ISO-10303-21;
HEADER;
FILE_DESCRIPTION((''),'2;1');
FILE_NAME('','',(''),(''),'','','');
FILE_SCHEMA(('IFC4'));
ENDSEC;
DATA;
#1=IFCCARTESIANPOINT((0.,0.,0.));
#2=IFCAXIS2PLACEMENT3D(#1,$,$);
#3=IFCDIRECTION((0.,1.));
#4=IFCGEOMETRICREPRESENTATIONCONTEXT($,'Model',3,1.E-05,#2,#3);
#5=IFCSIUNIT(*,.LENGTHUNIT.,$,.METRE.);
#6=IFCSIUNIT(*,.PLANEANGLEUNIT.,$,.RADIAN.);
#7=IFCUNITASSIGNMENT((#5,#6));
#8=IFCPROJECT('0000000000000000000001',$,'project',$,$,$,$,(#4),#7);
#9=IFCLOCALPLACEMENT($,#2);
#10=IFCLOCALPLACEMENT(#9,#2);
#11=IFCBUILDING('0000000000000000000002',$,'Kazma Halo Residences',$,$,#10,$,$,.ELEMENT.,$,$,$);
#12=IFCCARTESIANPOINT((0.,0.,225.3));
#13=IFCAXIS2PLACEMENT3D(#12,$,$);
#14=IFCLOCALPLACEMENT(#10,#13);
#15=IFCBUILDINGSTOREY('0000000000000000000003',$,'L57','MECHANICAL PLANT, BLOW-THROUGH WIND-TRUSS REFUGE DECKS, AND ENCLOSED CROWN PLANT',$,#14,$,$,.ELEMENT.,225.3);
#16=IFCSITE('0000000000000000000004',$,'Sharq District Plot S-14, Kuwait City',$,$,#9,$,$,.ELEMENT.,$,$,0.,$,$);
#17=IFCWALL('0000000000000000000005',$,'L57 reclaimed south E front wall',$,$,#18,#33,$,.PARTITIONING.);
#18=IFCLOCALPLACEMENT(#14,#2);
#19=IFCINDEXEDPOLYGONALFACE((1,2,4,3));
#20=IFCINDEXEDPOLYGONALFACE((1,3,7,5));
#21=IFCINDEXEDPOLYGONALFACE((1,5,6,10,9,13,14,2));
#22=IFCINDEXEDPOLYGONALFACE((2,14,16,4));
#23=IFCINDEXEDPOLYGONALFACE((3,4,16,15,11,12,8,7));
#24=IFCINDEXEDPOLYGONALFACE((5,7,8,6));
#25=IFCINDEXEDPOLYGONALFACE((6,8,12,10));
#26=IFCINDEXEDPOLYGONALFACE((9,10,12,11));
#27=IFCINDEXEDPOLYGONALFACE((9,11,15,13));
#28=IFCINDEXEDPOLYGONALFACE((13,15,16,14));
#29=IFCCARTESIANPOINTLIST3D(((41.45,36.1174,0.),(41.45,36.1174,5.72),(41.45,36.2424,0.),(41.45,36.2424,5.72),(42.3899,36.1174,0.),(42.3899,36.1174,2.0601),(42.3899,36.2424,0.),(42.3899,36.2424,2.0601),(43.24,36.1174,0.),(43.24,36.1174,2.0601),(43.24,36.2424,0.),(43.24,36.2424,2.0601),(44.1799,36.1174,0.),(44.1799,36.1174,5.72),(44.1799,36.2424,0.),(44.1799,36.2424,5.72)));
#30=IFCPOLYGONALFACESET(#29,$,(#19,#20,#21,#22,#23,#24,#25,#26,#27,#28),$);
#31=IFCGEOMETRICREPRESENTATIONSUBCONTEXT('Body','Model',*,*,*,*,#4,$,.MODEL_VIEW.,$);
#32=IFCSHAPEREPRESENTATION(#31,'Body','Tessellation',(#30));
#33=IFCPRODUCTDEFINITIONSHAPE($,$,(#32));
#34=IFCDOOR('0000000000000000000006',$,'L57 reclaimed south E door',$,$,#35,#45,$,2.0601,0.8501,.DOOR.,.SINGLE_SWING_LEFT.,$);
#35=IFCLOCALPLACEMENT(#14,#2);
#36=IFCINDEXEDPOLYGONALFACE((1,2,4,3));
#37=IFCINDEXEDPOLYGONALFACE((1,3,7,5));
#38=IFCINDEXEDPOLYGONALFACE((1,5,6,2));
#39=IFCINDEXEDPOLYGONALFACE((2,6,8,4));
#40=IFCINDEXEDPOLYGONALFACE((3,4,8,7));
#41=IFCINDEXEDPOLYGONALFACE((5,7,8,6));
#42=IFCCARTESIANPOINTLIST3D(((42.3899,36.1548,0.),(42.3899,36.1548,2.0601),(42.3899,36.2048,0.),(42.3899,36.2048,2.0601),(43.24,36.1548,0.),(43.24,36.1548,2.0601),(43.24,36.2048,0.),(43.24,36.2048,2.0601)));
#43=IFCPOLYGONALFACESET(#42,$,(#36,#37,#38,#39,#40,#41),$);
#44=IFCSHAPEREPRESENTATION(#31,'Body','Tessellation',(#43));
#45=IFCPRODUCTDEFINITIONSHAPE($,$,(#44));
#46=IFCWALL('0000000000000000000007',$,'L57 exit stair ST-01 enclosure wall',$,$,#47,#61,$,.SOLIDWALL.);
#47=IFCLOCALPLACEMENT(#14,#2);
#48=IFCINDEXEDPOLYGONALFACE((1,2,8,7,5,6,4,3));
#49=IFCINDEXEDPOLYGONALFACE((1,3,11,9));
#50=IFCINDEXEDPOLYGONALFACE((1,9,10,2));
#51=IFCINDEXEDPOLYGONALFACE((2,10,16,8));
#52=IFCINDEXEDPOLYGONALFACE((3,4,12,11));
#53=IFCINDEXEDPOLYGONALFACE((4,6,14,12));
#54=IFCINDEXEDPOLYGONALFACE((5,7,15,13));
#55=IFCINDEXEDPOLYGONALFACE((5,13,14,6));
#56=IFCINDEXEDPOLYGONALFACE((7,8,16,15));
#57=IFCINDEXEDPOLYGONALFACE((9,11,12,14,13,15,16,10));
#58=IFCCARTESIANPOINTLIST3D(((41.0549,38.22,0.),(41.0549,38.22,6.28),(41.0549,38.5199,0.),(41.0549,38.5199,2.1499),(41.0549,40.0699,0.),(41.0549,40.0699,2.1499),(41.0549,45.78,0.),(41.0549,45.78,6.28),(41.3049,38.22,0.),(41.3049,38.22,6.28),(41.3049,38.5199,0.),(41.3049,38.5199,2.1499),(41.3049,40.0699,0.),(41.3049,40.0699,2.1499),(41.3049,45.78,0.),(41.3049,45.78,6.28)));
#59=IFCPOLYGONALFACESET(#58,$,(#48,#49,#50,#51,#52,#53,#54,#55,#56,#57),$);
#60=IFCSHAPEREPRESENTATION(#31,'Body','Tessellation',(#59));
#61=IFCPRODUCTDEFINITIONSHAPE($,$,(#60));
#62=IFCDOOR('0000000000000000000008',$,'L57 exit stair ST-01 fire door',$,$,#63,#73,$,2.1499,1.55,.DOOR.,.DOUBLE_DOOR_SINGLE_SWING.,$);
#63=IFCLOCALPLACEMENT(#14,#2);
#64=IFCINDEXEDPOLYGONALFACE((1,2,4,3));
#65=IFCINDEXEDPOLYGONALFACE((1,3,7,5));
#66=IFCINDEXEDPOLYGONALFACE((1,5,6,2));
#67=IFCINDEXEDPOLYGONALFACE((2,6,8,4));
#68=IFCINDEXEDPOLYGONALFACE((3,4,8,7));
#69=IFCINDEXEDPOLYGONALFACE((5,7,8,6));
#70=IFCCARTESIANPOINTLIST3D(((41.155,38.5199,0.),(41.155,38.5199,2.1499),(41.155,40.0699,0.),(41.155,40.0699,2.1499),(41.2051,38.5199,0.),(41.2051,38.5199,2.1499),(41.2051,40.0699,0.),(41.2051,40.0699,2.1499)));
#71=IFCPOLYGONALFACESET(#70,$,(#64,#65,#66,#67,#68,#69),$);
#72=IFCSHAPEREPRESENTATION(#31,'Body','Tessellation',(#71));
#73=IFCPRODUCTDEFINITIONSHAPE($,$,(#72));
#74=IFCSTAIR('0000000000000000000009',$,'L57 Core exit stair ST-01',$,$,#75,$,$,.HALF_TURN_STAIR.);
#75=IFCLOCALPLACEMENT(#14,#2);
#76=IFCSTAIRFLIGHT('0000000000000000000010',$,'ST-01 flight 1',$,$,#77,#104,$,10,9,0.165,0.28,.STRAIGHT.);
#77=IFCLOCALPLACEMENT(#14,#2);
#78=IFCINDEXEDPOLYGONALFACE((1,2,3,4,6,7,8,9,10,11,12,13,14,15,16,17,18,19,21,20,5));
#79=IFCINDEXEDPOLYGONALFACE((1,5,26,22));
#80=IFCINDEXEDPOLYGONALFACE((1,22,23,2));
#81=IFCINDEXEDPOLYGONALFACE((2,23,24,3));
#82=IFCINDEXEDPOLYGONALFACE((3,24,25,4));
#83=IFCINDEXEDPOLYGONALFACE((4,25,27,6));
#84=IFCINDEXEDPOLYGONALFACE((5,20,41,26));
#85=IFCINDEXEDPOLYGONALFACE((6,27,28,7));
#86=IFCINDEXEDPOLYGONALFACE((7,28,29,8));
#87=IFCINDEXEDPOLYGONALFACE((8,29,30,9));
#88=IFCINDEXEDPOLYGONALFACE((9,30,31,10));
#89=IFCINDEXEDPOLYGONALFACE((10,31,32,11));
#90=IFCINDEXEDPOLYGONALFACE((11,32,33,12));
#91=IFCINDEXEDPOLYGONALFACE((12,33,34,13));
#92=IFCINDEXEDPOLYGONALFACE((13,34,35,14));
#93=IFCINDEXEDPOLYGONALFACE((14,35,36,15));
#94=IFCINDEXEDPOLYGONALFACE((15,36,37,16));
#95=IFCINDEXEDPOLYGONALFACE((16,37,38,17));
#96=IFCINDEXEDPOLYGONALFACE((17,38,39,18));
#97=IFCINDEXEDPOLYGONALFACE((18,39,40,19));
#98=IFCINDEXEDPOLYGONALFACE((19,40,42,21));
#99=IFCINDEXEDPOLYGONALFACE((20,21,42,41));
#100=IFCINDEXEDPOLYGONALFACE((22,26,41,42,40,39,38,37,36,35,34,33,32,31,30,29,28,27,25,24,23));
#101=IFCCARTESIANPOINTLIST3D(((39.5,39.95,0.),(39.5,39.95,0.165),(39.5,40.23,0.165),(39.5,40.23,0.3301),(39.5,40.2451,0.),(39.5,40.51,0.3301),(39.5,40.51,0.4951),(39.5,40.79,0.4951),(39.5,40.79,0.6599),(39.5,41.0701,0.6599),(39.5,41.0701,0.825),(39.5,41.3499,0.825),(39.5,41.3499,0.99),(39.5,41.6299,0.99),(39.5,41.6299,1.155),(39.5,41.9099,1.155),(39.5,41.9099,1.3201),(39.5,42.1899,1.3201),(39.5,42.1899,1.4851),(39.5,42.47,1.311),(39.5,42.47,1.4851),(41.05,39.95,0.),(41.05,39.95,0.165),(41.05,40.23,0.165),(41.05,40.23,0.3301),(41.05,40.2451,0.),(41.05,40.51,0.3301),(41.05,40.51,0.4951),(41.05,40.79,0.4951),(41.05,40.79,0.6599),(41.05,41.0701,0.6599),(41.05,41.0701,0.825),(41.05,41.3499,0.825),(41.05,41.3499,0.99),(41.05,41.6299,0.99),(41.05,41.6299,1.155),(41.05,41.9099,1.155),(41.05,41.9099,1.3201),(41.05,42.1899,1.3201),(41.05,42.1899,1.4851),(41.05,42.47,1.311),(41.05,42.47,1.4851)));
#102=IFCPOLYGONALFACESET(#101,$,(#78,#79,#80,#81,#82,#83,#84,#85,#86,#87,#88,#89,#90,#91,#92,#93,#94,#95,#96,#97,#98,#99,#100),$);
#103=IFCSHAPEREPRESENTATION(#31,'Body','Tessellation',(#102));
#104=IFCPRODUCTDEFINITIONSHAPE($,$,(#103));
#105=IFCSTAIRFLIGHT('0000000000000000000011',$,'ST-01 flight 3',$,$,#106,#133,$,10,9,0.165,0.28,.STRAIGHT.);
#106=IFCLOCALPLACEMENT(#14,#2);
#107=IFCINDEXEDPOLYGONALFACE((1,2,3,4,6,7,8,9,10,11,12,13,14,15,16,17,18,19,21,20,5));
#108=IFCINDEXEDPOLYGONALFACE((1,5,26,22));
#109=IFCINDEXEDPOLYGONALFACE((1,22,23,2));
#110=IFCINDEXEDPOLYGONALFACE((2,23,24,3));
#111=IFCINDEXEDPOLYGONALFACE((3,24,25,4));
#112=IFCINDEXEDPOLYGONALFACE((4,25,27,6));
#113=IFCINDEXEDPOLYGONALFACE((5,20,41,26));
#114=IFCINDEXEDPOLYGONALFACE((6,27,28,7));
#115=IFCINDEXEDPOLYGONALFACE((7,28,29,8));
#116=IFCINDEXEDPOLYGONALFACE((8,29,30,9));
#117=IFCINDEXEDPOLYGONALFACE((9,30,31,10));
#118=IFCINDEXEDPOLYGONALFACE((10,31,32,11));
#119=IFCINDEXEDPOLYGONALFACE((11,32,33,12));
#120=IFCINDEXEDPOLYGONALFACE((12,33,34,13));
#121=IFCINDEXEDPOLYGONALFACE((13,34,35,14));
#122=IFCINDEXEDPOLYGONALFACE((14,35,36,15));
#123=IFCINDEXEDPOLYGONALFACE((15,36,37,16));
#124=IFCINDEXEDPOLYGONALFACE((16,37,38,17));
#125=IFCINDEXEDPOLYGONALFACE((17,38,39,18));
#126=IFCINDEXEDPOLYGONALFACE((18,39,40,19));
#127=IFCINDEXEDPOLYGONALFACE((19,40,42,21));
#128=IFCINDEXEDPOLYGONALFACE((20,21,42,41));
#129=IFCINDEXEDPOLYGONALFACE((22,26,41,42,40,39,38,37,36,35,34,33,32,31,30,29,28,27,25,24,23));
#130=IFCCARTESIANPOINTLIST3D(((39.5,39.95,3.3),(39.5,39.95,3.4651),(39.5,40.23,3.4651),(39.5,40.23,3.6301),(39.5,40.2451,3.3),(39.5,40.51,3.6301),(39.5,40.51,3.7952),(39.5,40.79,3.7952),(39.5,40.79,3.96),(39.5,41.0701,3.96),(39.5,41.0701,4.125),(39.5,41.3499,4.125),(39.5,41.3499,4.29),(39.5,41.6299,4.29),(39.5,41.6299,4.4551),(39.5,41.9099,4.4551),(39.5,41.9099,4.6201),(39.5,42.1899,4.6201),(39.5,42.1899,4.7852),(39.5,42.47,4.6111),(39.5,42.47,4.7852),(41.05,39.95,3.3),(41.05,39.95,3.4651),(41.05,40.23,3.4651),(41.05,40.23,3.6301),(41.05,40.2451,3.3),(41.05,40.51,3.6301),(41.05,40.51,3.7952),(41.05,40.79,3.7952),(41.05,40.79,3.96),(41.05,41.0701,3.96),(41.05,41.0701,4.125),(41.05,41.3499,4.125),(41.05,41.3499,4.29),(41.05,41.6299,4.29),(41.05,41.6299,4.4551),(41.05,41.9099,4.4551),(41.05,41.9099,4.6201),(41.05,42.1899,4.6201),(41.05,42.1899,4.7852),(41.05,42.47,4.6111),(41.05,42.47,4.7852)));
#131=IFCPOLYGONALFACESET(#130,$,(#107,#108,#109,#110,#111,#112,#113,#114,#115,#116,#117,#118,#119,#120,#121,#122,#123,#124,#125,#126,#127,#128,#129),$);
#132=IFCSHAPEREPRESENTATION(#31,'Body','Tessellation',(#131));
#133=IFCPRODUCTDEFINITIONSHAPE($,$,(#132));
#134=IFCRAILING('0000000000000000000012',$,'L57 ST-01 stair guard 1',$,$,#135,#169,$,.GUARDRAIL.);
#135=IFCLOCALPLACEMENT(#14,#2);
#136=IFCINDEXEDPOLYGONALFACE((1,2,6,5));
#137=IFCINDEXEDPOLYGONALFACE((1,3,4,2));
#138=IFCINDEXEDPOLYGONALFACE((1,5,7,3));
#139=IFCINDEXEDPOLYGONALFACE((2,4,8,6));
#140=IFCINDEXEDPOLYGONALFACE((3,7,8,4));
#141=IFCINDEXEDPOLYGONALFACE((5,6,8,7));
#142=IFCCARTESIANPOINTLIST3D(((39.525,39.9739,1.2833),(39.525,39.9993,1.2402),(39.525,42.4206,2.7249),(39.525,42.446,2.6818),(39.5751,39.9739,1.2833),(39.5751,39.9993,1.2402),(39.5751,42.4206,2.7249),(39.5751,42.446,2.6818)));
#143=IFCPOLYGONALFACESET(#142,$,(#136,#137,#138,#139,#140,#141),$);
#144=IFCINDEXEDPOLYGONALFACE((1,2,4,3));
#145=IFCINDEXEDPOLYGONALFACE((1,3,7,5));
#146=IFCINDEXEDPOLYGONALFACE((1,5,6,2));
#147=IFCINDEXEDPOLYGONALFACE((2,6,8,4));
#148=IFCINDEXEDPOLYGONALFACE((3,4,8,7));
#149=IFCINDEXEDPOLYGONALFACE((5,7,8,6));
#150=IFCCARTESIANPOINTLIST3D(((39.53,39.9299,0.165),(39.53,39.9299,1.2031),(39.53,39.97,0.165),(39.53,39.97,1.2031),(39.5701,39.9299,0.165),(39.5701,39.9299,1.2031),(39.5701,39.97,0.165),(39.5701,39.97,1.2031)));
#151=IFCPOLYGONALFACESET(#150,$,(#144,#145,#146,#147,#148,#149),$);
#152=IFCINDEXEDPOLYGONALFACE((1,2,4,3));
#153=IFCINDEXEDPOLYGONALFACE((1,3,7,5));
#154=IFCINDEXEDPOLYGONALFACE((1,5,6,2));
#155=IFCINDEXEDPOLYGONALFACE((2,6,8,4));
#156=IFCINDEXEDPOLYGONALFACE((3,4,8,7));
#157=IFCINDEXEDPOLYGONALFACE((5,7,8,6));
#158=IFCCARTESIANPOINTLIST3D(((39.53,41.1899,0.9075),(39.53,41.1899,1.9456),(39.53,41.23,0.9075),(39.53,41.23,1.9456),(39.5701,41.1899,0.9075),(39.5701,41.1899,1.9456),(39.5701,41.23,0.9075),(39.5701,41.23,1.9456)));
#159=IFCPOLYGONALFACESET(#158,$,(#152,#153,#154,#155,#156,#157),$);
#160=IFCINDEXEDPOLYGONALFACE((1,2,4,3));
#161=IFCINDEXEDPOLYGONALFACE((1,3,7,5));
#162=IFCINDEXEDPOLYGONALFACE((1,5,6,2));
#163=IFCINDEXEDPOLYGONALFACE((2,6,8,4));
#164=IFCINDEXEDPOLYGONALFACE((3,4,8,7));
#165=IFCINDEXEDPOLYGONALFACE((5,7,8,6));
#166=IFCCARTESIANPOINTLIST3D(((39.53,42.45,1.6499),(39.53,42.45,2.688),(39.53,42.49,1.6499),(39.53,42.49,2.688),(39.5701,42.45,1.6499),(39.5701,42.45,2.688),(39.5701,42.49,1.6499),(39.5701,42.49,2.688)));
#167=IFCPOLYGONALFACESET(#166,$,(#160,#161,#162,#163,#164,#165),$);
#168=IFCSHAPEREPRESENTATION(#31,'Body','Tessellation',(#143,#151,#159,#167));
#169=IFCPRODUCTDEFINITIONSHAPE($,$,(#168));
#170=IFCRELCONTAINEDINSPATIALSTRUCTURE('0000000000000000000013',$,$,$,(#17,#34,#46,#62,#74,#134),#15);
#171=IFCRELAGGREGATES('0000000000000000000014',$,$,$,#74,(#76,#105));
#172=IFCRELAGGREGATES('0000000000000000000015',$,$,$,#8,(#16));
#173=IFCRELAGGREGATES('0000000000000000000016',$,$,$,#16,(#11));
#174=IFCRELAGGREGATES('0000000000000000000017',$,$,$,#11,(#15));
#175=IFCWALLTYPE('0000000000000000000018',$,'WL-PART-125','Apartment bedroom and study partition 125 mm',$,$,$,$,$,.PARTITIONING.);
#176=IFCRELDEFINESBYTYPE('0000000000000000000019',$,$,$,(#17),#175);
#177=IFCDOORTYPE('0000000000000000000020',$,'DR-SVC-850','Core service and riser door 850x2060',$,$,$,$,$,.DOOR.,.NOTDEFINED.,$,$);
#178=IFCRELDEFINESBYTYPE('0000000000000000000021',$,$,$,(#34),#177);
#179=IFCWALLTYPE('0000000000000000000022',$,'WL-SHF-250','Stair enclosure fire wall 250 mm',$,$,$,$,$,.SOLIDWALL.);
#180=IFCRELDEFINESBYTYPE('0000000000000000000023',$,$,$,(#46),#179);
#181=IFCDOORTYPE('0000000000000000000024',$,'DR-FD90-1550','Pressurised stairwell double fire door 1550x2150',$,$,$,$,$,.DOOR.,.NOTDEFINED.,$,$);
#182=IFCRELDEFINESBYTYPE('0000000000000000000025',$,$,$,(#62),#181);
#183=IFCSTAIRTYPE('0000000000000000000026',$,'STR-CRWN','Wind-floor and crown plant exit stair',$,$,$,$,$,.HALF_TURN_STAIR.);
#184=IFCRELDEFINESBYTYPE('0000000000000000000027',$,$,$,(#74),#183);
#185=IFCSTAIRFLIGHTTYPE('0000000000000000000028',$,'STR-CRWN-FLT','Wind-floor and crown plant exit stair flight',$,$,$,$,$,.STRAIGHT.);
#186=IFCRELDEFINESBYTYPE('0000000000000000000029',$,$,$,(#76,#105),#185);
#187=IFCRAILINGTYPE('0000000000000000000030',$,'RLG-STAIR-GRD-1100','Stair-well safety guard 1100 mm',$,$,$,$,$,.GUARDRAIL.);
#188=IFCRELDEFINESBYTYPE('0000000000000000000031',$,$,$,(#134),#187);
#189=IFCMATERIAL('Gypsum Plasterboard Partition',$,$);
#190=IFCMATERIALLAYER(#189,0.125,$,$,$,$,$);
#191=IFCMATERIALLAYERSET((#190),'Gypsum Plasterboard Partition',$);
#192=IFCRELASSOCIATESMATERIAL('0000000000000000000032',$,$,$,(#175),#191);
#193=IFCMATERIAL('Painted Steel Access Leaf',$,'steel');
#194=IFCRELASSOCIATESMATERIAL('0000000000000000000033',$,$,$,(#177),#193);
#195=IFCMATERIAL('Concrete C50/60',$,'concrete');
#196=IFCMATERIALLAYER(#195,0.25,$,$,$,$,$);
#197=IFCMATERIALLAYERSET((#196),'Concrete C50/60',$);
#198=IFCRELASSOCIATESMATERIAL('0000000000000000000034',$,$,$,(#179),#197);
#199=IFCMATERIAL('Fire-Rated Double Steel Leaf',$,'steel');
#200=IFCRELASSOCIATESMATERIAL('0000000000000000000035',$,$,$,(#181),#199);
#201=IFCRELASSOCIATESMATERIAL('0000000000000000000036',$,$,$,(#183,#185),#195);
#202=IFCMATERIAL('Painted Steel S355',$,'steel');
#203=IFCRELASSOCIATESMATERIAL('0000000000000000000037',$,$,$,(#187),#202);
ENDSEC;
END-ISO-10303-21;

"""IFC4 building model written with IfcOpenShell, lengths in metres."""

from ifc_helpers import new_model, si_unit, direction, frame, frame_2d, origin, origin_2d, place, context, subcontext, project, spatial, polyline, rectangle, outline, extrude, material, layer, layer_set, type_object, element, fill, aggregate, save


model = new_model("IFC4")

# Units and contexts
model_context = context("Model", 3, precision=1e-05, world=origin(), true_north=direction((0.0, 1.0)))
body_context = subcontext(model_context, "Body", "Model", "MODEL_VIEW")
ifc_project = project(units=[si_unit("LENGTHUNIT", "METRE"), si_unit("PLANEANGLEUNIT", "RADIAN")], contexts=[model_context])

# Site, building, storey
site_placement = place(None, origin())
site = spatial("IfcSite", under=ifc_project, at=site_placement, Name="Sharq District Plot S-14, Kuwait City", CompositionType="ELEMENT", RefElevation=0.0)
building_placement = place(site_placement, origin())
building = spatial("IfcBuilding", under=site, at=building_placement, Name="Kazma Halo Residences", CompositionType="ELEMENT")
storey_placement = place(building_placement, frame((0.0, 0.0, 225.3)))
storey = spatial("IfcBuildingStorey", under=building, at=storey_placement, Name="L57", Description="MECHANICAL PLANT, BLOW-THROUGH WIND-TRUSS REFUGE DECKS, AND ENCLOSED CROWN PLANT", CompositionType="ELEMENT", Elevation=225.3)

# Shared definitions
ifc_material_1 = material(Name="Gypsum Plasterboard Partition")
ifc_layer_1 = layer(ifc_material_1, 0.125)
ifc_layer_set_1 = layer_set([ifc_layer_1], Name="Gypsum Plasterboard Partition")
wall_type_1 = type_object("IfcWallType", Name="WL-PART-125", Description="Apartment bedroom and study partition 125 mm", PredefinedType="PARTITIONING", material=ifc_layer_set_1)

# Walls, openings, doors
ifc_material_2 = material(Name="Painted Steel Access Leaf", Category="steel")
door_type_1 = type_object("IfcDoorType", Name="DR-SVC-850", Description="Core service and riser door 850x2060", OperationType="NOTDEFINED", PredefinedType="DOOR", material=ifc_material_2)
wall_1_placement = place(storey_placement, frame((41.45, 36.1799, 0.0), z_axis=(0.0, 0.0, 1.0), x_axis=(1.0, 0.0, 0.0)))
wall_1 = element("IfcWall", 1, at=wall_1_placement, inside=storey, type_object=wall_type_1, Name="L57 reclaimed south E front wall", PredefinedType="PARTITIONING", context=body_context, shape_type="SweptSolid", body=[
    extrude(rectangle(XDim=2.73, YDim=0.125, at=frame_2d((1.365, 0.0))), origin(), (0.0, 0.0, 1.0), 5.72),
])
opening_1_placement = place(wall_1_placement, frame((0.9399, 0.0, 0.0)))
opening_1 = element("IfcOpeningElement", 2, at=opening_1_placement, cuts=wall_1, PredefinedType="OPENING", context=body_context, shape_type="SweptSolid", body=[
    extrude(rectangle(XDim=0.8501, YDim=2.0601, at=frame_2d((0.425, 1.03))), frame((0.0, 0.0725, 0.0), z_axis=(0.0, -1.0, 0.0), x_axis=(1.0, 0.0, 0.0)), (0.0, 0.0, 1.0), 0.145),
])
door_1_placement = place(opening_1_placement, origin())
door_1 = element("IfcDoor", 3, at=door_1_placement, inside=storey, type_object=door_type_1, Name="L57 reclaimed south E door", OperationType="SINGLE_SWING_LEFT", OverallHeight=2.0601, OverallWidth=0.8501, PredefinedType="DOOR", context=body_context, shape_type="SweptSolid", body=[
    extrude(rectangle(XDim=0.8501, YDim=2.0601, at=frame_2d((0.425, 1.03))), frame((0.0, 0.0249, 0.0), z_axis=(0.0, -1.0, 0.0), x_axis=(1.0, 0.0, 0.0)), (0.0, 0.0, 1.0), 0.05),
])
fill(opening_1, door_1)
ifc_material_3 = material(Name="Concrete C50/60", Category="concrete")
ifc_layer_2 = layer(ifc_material_3, 0.25)
ifc_layer_set_2 = layer_set([ifc_layer_2], Name="Concrete C50/60")
wall_type_2 = type_object("IfcWallType", Name="WL-SHF-250", Description="Stair enclosure fire wall 250 mm", PredefinedType="SOLIDWALL", material=ifc_layer_set_2)
wall_2_placement = place(storey_placement, frame((41.1799, 38.22, 0.0), z_axis=(0.0, 0.0, 1.0), x_axis=(0.0, 1.0, 0.0)))
wall_2 = element("IfcWall", 4, at=wall_2_placement, inside=storey, type_object=wall_type_2, Name="L57 exit stair ST-01 enclosure wall", PredefinedType="SOLIDWALL", context=body_context, shape_type="SweptSolid", body=[
    extrude(rectangle(XDim=7.5601, YDim=0.25, at=frame_2d((3.78, 0.0))), origin(), (0.0, 0.0, 1.0), 6.28),
])
opening_2_placement = place(wall_2_placement, frame((0.3, 0.0, 0.0)))
opening_2 = element("IfcOpeningElement", 5, at=opening_2_placement, cuts=wall_2, PredefinedType="OPENING", context=body_context, shape_type="SweptSolid", body=[
    extrude(rectangle(XDim=1.55, YDim=2.1499, at=frame_2d((0.7749, 1.075))), frame((0.0, 0.135, 0.0), z_axis=(0.0, -1.0, 0.0), x_axis=(1.0, 0.0, 0.0)), (0.0, 0.0, 1.0), 0.27),
])
ifc_material_4 = material(Name="Fire-Rated Double Steel Leaf", Category="steel")
door_type_2 = type_object("IfcDoorType", Name="DR-FD90-1550", Description="Pressurised stairwell double fire door 1550x2150", OperationType="NOTDEFINED", PredefinedType="DOOR", material=ifc_material_4)
door_2_placement = place(opening_2_placement, origin())
door_2 = element("IfcDoor", 6, at=door_2_placement, inside=storey, type_object=door_type_2, Name="L57 exit stair ST-01 fire door", OperationType="DOUBLE_DOOR_SINGLE_SWING", OverallHeight=2.1499, OverallWidth=1.55, PredefinedType="DOOR", context=body_context, shape_type="SweptSolid", body=[
    extrude(rectangle(XDim=1.55, YDim=2.1499, at=frame_2d((0.7749, 1.075))), frame((0.0, 0.0249, 0.0), z_axis=(0.0, -1.0, 0.0), x_axis=(1.0, 0.0, 0.0)), (0.0, 0.0, 1.0), 0.05),
])
fill(opening_2, door_2)

# Stair, stair flights
stair_type = type_object("IfcStairType", Name="STR-CRWN", Description="Wind-floor and crown plant exit stair", PredefinedType="HALF_TURN_STAIR", material=ifc_material_3)
stair_placement = place(storey_placement, origin())
stair = element("IfcStair", 7, at=stair_placement, inside=storey, type_object=stair_type, Name="L57 Core exit stair ST-01", PredefinedType="HALF_TURN_STAIR")
stair_flight_type = type_object("IfcStairFlightType", Name="STR-CRWN-FLT", Description="Wind-floor and crown plant exit stair flight", PredefinedType="STRAIGHT", material=ifc_material_3)
stair_flight_1_placement = place(storey_placement, frame((40.2749, 39.95, 0.0), z_axis=(0.0, 0.0, 1.0), x_axis=(0.0, 1.0, 0.0)))
stair_flight_1 = element("IfcStairFlight", 8, at=stair_flight_1_placement, type_object=stair_flight_type, Name="ST-01 flight 1", NumberOfRisers=10, NumberOfTreads=9, PredefinedType="STRAIGHT", RiserHeight=0.165, TreadLength=0.28, context=body_context, shape_type="SweptSolid", body=[
    extrude(outline(polyline([(0.0, 0.0), (0.0, 0.165), (0.28, 0.165), (0.28, 0.3301), (0.5601, 0.3301), (0.5601, 0.4951), (0.8401, 0.4951), (0.8401, 0.6599), (1.1201, 0.6599), (1.1201, 0.825), (1.3999, 0.825), (1.3999, 0.99), (1.6799, 0.99), (1.6799, 1.155), (1.96, 1.155), (1.96, 1.3201), (2.24, 1.3201), (2.24, 1.4851), (2.52, 1.4851), (2.52, 1.6499), (2.52, 1.311), (0.2952, 0.0), (0.0, 0.0)])), frame((0.0, 0.7749, 0.0), z_axis=(0.0, -1.0, 0.0), x_axis=(1.0, 0.0, 0.0)), (0.0, 0.0, 1.0), 1.55),
])
stair_flight_2_placement = place(storey_placement, frame((40.2749, 39.95, 3.3), z_axis=(0.0, 0.0, 1.0), x_axis=(0.0, 1.0, 0.0)))
stair_flight_2 = element("IfcStairFlight", 9, at=stair_flight_2_placement, type_object=stair_flight_type, Name="ST-01 flight 3", NumberOfRisers=10, NumberOfTreads=9, PredefinedType="STRAIGHT", RiserHeight=0.165, TreadLength=0.28, context=body_context, shape_type="SweptSolid", body=[
    extrude(outline(polyline([(0.0, 0.0), (0.0, 0.165), (0.28, 0.165), (0.28, 0.3301), (0.5601, 0.3301), (0.5601, 0.4951), (0.8401, 0.4951), (0.8401, 0.6599), (1.1201, 0.6599), (1.1201, 0.825), (1.3999, 0.825), (1.3999, 0.99), (1.6799, 0.99), (1.6799, 1.155), (1.96, 1.155), (1.96, 1.3201), (2.24, 1.3201), (2.24, 1.4851), (2.52, 1.4851), (2.52, 1.6499), (2.52, 1.311), (0.2952, 0.0), (0.0, 0.0)])), frame((0.0, 0.7749, 0.0), z_axis=(0.0, -1.0, 0.0), x_axis=(1.0, 0.0, 0.0)), (0.0, 0.0, 1.0), 1.55),
])
aggregate(stair, [stair_flight_1, stair_flight_2])

# Railing
ifc_material_5 = material(Name="Painted Steel S355", Category="steel")
railing_type_1 = type_object("IfcRailingType", Name="RLG-STAIR-GRD-1100", Description="Stair-well safety guard 1100 mm", PredefinedType="GUARDRAIL", material=ifc_material_5)
railing_1_placement = place(storey_placement, frame((39.55, 39.95, 0.165)))
element("IfcRailing", 10, at=railing_1_placement, inside=storey, type_object=railing_type_1, Name="L57 ST-01 stair guard 1", PredefinedType="GUARDRAIL", context=body_context, shape_type="SweptSolid", body=[
    extrude(rectangle(XDim=0.05, YDim=0.05, at=origin_2d()), frame((0.0, 0.0366, 1.0967), z_axis=(0.0, 0.861561, 0.507655), x_axis=(-1.0, 0.0, 0.0)), (0.0, 0.0, 1.0), 2.8398),
    extrude(rectangle(XDim=0.04, YDim=0.04, at=origin_2d()), origin(), (0.0, 0.0, 1.0), 1.0381),
    extrude(rectangle(XDim=0.04, YDim=0.04, at=origin_2d()), frame((0.0, 1.26, 0.7424)), (0.0, 0.0, 1.0), 1.0381),
    extrude(rectangle(XDim=0.04, YDim=0.04, at=origin_2d()), frame((0.0, 2.52, 1.4849)), (0.0, 0.0, 1.0), 1.0381),
])

save(model, "model.ifc")
